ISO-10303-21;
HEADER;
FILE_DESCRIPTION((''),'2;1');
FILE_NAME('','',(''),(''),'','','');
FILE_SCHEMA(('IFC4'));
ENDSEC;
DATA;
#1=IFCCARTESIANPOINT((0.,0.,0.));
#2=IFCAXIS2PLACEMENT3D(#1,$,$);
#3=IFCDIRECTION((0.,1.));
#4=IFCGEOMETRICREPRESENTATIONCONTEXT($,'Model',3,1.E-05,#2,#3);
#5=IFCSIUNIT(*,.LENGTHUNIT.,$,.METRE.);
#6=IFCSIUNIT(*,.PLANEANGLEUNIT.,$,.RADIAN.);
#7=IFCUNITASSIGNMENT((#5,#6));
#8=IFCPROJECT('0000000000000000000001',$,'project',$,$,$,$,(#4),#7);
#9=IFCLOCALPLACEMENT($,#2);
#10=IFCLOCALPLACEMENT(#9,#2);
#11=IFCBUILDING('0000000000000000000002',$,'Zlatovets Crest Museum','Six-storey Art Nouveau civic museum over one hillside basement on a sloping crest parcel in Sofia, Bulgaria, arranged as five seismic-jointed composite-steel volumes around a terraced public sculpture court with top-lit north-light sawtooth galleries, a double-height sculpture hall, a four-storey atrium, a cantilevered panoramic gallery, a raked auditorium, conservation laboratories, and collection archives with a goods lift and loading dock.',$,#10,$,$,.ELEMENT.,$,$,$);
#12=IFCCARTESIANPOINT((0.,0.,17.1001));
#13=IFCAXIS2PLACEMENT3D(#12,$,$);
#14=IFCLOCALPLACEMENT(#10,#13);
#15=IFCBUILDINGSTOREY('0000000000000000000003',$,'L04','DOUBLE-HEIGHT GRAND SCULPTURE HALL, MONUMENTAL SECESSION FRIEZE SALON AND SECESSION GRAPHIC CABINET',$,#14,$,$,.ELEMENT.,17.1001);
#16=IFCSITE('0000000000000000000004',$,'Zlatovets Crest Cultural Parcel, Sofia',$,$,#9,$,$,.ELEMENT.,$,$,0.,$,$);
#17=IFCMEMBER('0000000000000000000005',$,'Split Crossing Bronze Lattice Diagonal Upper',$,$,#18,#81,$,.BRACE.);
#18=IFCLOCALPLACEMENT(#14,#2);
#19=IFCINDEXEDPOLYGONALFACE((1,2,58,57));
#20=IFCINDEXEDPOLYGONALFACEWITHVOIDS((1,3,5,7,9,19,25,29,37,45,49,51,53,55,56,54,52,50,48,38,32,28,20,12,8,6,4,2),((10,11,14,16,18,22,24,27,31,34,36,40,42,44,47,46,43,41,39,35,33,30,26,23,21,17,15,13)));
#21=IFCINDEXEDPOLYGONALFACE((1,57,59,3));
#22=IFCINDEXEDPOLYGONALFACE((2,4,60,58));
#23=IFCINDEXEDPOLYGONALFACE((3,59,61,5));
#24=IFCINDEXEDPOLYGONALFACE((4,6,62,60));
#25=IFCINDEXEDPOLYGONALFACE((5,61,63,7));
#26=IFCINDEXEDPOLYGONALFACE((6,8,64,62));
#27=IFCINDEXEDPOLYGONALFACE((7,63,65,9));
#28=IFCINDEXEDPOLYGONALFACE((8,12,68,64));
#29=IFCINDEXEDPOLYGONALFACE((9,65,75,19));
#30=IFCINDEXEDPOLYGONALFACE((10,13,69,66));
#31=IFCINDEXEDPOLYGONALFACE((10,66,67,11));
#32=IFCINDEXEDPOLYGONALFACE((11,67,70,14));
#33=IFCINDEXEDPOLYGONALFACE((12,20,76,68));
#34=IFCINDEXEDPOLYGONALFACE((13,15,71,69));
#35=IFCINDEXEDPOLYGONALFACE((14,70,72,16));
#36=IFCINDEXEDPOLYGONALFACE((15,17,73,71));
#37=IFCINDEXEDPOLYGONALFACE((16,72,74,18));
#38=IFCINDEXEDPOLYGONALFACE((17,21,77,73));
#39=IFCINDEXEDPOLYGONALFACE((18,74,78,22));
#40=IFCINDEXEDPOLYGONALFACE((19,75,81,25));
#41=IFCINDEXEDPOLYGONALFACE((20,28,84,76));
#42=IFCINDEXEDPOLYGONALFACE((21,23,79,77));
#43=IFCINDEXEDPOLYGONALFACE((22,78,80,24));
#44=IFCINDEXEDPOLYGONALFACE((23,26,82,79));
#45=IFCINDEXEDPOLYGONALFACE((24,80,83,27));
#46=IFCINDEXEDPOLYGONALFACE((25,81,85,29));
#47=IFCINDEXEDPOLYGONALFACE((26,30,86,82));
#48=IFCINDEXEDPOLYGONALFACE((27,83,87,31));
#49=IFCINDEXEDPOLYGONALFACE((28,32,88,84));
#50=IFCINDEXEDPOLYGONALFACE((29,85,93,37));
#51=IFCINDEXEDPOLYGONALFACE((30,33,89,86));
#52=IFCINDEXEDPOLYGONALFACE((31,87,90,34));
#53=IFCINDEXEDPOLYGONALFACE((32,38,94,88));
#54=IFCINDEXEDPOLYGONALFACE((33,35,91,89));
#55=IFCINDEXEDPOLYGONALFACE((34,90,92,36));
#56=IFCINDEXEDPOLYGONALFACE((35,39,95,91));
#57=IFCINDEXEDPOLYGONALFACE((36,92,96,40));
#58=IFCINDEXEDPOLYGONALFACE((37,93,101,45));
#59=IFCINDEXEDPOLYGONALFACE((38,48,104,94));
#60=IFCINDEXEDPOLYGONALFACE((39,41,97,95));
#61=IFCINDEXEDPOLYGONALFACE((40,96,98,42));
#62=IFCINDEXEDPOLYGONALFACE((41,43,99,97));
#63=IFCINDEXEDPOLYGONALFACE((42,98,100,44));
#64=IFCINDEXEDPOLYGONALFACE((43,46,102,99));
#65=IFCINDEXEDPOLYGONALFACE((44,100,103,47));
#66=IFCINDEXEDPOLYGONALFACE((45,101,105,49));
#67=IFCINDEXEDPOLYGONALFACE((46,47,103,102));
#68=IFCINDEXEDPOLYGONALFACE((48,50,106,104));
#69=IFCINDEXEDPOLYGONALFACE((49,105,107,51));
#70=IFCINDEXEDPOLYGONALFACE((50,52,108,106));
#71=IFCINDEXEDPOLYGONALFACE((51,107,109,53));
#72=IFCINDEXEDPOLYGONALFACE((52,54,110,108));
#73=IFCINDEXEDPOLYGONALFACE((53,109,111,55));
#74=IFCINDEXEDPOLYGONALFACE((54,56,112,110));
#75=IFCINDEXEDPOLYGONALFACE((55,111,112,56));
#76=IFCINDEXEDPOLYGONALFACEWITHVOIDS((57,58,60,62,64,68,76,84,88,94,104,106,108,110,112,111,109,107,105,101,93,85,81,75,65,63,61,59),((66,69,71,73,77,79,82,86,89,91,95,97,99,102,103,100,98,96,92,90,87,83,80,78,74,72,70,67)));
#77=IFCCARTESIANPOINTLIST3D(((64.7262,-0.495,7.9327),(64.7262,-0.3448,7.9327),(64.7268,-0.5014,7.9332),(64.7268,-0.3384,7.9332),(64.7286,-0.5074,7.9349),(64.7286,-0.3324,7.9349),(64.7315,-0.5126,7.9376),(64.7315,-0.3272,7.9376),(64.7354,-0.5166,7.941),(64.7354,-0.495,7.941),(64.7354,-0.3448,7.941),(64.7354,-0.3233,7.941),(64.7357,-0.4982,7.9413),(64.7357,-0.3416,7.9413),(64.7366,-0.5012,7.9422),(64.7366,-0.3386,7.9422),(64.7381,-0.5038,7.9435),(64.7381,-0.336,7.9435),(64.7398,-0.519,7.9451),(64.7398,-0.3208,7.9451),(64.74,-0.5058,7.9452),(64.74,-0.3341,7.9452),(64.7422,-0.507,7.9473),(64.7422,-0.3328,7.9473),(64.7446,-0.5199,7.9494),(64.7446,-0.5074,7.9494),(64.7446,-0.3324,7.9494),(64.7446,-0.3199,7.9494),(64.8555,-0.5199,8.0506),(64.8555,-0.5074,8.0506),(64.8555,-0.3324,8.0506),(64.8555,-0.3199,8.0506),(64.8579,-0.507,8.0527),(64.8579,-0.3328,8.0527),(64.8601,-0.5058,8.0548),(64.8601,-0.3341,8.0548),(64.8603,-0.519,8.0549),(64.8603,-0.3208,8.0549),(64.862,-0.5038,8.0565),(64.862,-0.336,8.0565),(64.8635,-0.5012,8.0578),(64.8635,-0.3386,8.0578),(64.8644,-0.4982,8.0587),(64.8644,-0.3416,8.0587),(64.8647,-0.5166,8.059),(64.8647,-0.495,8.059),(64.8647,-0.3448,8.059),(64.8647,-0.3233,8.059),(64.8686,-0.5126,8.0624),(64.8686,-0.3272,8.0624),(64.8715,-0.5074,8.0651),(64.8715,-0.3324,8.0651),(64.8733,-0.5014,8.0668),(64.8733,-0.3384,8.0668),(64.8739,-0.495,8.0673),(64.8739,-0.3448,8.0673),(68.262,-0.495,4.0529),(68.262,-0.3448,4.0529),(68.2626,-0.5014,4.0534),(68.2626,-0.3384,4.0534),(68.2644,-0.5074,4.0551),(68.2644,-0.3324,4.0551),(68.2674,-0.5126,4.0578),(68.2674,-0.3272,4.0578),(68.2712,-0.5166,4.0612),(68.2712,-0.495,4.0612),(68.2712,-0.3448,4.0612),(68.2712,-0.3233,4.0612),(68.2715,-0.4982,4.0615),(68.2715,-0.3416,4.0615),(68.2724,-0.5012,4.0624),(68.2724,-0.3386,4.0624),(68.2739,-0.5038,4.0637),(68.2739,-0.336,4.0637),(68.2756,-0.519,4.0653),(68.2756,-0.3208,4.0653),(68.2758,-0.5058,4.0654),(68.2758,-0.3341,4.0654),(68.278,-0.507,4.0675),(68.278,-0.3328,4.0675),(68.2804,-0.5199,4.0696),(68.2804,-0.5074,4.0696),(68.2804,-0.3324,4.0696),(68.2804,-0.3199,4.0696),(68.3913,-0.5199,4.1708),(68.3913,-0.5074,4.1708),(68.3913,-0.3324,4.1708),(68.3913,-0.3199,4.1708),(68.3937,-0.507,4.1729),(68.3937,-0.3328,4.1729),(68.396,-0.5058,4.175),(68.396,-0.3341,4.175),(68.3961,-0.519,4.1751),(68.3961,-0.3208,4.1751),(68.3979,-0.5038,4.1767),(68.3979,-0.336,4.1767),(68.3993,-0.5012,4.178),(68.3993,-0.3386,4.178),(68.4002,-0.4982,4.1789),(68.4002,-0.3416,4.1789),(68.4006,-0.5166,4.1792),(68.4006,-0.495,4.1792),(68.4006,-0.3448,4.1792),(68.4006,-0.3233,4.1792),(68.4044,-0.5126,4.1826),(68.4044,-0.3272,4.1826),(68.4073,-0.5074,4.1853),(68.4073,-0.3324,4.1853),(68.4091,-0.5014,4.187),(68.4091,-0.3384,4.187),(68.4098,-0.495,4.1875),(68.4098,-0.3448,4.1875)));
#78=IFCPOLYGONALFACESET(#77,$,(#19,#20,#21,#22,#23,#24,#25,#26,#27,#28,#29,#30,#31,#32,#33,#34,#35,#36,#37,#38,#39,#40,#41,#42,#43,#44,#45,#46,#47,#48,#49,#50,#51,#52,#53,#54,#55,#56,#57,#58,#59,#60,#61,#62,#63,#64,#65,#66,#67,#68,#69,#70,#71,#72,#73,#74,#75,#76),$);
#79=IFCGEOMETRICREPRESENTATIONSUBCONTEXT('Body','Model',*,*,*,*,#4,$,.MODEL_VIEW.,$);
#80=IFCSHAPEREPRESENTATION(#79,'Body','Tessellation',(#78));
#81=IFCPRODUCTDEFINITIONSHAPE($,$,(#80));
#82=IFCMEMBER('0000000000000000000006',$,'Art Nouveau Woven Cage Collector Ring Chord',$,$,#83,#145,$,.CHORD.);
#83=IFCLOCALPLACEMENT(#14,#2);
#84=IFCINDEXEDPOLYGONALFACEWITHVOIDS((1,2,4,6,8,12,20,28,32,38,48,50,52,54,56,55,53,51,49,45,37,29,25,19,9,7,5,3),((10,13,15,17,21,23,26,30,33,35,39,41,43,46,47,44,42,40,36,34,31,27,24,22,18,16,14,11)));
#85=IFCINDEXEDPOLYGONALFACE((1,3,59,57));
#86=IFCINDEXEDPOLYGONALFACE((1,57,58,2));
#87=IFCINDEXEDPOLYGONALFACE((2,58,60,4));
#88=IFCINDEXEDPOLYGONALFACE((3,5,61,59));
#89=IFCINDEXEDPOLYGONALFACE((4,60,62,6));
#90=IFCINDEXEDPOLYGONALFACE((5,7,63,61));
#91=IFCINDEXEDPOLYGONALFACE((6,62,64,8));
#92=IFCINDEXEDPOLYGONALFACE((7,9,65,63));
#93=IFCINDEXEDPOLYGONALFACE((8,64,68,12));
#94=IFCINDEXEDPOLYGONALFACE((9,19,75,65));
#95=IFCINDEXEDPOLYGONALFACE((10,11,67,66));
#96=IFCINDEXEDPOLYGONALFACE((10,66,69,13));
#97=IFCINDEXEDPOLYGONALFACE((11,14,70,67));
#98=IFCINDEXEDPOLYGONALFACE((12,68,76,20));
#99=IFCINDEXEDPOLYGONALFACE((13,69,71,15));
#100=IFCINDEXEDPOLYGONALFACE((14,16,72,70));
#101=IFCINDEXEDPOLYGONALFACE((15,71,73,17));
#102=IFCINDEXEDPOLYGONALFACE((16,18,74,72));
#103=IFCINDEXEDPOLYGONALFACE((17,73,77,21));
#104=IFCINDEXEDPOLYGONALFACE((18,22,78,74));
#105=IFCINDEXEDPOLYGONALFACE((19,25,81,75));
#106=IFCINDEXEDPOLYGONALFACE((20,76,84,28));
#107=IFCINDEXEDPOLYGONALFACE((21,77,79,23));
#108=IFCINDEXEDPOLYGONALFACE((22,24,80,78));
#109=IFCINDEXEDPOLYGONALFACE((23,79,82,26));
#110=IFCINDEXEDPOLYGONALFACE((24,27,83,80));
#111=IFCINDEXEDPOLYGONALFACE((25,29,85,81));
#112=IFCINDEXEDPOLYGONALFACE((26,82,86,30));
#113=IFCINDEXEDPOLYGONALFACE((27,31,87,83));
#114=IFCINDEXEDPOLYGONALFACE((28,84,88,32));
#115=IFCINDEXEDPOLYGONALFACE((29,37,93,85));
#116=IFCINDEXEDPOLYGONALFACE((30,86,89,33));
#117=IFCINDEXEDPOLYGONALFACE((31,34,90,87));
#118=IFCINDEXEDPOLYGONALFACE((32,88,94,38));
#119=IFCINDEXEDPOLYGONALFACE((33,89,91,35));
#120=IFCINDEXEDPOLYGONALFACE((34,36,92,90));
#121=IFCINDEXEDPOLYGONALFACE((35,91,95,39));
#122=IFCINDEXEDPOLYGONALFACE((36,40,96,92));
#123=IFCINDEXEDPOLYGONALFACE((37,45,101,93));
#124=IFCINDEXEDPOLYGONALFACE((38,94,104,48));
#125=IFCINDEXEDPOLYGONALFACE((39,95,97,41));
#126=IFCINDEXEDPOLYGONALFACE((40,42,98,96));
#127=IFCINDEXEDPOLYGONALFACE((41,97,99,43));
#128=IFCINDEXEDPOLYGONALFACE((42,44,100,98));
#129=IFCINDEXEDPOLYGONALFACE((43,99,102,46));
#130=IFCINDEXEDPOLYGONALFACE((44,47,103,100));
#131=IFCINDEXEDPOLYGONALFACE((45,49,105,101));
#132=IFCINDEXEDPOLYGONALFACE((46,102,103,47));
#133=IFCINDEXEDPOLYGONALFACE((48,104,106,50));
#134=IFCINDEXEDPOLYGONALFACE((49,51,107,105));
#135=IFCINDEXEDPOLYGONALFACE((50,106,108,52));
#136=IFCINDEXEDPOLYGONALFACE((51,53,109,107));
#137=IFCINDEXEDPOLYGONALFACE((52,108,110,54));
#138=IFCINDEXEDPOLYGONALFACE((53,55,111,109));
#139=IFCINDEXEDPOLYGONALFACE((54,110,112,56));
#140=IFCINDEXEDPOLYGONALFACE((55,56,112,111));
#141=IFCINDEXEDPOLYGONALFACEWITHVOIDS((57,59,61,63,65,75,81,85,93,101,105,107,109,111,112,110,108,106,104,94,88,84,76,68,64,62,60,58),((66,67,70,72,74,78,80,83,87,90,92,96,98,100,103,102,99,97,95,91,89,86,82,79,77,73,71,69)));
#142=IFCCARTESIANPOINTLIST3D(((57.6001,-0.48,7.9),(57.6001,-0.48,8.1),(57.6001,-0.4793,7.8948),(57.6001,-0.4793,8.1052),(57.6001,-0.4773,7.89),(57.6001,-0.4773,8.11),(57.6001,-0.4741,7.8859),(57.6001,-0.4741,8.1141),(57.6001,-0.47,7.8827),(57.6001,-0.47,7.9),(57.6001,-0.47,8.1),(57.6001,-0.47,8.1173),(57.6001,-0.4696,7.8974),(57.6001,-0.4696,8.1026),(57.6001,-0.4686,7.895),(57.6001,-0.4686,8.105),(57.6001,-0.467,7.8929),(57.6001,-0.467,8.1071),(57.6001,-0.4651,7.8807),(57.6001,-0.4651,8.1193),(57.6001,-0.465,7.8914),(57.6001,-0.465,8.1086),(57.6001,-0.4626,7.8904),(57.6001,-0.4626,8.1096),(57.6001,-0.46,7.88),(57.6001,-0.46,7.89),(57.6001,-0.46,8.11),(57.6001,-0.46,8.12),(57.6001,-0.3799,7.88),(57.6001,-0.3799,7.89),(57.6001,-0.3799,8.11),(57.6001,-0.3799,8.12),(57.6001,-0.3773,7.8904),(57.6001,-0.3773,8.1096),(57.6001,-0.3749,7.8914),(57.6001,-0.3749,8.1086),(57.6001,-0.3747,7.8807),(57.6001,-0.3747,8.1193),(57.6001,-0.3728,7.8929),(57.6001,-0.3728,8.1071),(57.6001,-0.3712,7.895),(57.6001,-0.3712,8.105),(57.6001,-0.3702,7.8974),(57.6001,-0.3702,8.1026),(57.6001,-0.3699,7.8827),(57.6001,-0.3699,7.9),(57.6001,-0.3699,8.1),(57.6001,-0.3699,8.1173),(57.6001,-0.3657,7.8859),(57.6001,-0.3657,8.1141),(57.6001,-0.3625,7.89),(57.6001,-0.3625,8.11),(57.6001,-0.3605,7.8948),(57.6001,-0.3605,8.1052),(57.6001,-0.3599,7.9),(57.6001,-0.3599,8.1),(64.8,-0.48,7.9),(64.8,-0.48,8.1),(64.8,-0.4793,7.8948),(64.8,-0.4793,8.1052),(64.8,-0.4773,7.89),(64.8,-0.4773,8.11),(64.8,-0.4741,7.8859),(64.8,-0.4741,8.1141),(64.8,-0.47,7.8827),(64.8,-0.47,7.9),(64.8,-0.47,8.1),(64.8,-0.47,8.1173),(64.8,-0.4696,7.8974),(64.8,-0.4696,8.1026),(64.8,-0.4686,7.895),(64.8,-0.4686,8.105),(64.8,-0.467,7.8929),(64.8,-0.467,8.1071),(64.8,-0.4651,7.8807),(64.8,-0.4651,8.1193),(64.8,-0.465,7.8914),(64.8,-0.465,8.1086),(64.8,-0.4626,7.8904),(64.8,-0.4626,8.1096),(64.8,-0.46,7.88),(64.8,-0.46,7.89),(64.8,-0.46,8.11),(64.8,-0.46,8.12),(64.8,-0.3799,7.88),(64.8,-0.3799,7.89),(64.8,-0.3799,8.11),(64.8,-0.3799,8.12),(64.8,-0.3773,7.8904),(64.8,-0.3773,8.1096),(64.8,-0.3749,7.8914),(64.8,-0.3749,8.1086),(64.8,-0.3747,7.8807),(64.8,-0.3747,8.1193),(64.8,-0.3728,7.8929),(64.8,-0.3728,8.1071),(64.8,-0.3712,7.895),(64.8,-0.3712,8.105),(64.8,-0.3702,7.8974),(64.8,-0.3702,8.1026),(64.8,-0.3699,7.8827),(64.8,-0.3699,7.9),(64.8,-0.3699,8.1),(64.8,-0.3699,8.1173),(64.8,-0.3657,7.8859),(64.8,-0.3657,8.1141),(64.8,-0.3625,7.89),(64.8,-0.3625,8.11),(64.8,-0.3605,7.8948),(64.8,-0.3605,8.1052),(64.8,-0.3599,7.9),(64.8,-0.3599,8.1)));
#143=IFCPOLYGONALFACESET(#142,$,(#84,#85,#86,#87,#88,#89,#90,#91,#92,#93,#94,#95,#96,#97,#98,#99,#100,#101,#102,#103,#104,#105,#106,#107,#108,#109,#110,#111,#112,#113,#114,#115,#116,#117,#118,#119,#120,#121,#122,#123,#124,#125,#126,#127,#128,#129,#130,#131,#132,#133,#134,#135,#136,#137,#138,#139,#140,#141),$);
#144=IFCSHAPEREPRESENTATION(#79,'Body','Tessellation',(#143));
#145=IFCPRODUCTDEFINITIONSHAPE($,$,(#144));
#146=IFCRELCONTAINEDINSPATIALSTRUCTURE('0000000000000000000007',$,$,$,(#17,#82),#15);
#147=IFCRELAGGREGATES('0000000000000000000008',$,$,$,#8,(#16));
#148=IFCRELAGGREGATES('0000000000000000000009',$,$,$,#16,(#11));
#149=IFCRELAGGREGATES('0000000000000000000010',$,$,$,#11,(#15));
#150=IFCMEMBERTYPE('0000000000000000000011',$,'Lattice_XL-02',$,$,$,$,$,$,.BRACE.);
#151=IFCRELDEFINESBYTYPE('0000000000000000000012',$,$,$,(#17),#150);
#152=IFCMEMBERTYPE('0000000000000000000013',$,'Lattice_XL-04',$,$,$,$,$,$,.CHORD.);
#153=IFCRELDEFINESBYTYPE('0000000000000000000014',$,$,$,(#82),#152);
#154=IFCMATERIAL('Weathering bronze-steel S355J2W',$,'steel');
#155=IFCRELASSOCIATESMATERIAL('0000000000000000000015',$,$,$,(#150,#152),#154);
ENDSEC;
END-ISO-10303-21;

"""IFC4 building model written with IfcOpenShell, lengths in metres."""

from ifc_helpers import new_model, si_unit, direction, frame, origin, origin_2d, place, context, subcontext, project, spatial, hollow_rectangle, extrude, material, material_profile, profile_set, type_object, element, save


model = new_model("IFC4")

# Units and contexts
model_context = context("Model", 3, precision=1e-05, world=origin(), true_north=direction((0.0, 1.0)))
body_context = subcontext(model_context, "Body", "Model", "MODEL_VIEW")
ifc_project = project(units=[si_unit("LENGTHUNIT", "METRE"), si_unit("PLANEANGLEUNIT", "RADIAN")], contexts=[model_context])

# Site, building, storey
site_placement = place(None, origin())
site = spatial("IfcSite", under=ifc_project, at=site_placement, Name="Zlatovets Crest Cultural Parcel, Sofia", CompositionType="ELEMENT", RefElevation=0.0)
building_placement = place(site_placement, origin())
building = spatial("IfcBuilding", under=site, at=building_placement, Name="Zlatovets Crest Museum", Description="Six-storey Art Nouveau civic museum over one hillside basement on a sloping crest parcel in Sofia, Bulgaria, arranged as five seismic-jointed composite-steel volumes around a terraced public sculpture court with top-lit north-light sawtooth galleries, a double-height sculpture hall, a four-storey atrium, a cantilevered panoramic gallery, a raked auditorium, conservation laboratories, and collection archives with a goods lift and loading dock.", CompositionType="ELEMENT")
storey_placement = place(building_placement, frame((0.0, 0.0, 17.1001)))
storey = spatial("IfcBuildingStorey", under=building, at=storey_placement, Name="L04", Description="DOUBLE-HEIGHT GRAND SCULPTURE HALL, MONUMENTAL SECESSION FRIEZE SALON AND SECESSION GRAPHIC CABINET", CompositionType="ELEMENT", Elevation=17.1001)

# Members
ifc_material_1 = material(Name="Weathering bronze-steel S355J2W", Category="steel")
ifc_material_profile_1 = material_profile(ifc_material_1, hollow_rectangle(XDim=0.2, YDim=0.2, WallThickness=0.0125, InnerFilletRadius=0.0125, OuterFilletRadius=0.0249, at=origin_2d()), Name="SHS 200x200x12.5")
ifc_profile_set_1 = profile_set([ifc_material_profile_1], Name="Weathering bronze-steel S355J2W")
member_type_1 = type_object("IfcMemberType", Name="Lattice_XL-02", PredefinedType="BRACE", material=ifc_profile_set_1)
member_1_placement = place(storey_placement, frame((64.8, -0.4199, 8.0), z_axis=(0.673582, 0.0, -0.739112), x_axis=(0.0, 1.0, 0.0)))
element("IfcMember", 1, at=member_1_placement, inside=storey, type_object=member_type_1, Name="Split Crossing Bronze Lattice Diagonal Upper", PredefinedType="BRACE", context=body_context, shape_type="SweptSolid", body=[
    extrude(hollow_rectangle(XDim=0.2, YDim=0.2, WallThickness=0.0125, InnerFilletRadius=0.0125, OuterFilletRadius=0.0249, at=origin_2d()), origin(), (0.0, 0.0, 1.0), 5.2493),
])
ifc_material_profile_2 = material_profile(ifc_material_1, hollow_rectangle(XDim=0.1201, YDim=0.24, WallThickness=0.01, InnerFilletRadius=0.01, OuterFilletRadius=0.02, at=origin_2d()), Name="RHS 120x240x10.0")
ifc_profile_set_2 = profile_set([ifc_material_profile_2], Name="Weathering bronze-steel S355J2W")
member_type_2 = type_object("IfcMemberType", Name="Lattice_XL-04", PredefinedType="CHORD", material=ifc_profile_set_2)
for number, where, z_axis, x_axis, name in (
    (2, (57.6001, -0.4199, 8.0), (1.0, 0.0, 0.0), (0.0, 1.0, 0.0), "Art Nouveau Woven Cage Collector Ring Chord"),
):
    element("IfcMember", number, at=place(storey_placement, frame(where, z_axis=z_axis, x_axis=x_axis)), inside=storey, type_object=member_type_2, Name=name, PredefinedType="CHORD", context=body_context, shape_type="SweptSolid", body=[
        extrude(hollow_rectangle(XDim=0.1201, YDim=0.24, WallThickness=0.01, InnerFilletRadius=0.01, OuterFilletRadius=0.02, at=origin_2d()), origin(), (0.0, 0.0, 1.0), 7.2),
    ])

save(model, "model.ifc")
